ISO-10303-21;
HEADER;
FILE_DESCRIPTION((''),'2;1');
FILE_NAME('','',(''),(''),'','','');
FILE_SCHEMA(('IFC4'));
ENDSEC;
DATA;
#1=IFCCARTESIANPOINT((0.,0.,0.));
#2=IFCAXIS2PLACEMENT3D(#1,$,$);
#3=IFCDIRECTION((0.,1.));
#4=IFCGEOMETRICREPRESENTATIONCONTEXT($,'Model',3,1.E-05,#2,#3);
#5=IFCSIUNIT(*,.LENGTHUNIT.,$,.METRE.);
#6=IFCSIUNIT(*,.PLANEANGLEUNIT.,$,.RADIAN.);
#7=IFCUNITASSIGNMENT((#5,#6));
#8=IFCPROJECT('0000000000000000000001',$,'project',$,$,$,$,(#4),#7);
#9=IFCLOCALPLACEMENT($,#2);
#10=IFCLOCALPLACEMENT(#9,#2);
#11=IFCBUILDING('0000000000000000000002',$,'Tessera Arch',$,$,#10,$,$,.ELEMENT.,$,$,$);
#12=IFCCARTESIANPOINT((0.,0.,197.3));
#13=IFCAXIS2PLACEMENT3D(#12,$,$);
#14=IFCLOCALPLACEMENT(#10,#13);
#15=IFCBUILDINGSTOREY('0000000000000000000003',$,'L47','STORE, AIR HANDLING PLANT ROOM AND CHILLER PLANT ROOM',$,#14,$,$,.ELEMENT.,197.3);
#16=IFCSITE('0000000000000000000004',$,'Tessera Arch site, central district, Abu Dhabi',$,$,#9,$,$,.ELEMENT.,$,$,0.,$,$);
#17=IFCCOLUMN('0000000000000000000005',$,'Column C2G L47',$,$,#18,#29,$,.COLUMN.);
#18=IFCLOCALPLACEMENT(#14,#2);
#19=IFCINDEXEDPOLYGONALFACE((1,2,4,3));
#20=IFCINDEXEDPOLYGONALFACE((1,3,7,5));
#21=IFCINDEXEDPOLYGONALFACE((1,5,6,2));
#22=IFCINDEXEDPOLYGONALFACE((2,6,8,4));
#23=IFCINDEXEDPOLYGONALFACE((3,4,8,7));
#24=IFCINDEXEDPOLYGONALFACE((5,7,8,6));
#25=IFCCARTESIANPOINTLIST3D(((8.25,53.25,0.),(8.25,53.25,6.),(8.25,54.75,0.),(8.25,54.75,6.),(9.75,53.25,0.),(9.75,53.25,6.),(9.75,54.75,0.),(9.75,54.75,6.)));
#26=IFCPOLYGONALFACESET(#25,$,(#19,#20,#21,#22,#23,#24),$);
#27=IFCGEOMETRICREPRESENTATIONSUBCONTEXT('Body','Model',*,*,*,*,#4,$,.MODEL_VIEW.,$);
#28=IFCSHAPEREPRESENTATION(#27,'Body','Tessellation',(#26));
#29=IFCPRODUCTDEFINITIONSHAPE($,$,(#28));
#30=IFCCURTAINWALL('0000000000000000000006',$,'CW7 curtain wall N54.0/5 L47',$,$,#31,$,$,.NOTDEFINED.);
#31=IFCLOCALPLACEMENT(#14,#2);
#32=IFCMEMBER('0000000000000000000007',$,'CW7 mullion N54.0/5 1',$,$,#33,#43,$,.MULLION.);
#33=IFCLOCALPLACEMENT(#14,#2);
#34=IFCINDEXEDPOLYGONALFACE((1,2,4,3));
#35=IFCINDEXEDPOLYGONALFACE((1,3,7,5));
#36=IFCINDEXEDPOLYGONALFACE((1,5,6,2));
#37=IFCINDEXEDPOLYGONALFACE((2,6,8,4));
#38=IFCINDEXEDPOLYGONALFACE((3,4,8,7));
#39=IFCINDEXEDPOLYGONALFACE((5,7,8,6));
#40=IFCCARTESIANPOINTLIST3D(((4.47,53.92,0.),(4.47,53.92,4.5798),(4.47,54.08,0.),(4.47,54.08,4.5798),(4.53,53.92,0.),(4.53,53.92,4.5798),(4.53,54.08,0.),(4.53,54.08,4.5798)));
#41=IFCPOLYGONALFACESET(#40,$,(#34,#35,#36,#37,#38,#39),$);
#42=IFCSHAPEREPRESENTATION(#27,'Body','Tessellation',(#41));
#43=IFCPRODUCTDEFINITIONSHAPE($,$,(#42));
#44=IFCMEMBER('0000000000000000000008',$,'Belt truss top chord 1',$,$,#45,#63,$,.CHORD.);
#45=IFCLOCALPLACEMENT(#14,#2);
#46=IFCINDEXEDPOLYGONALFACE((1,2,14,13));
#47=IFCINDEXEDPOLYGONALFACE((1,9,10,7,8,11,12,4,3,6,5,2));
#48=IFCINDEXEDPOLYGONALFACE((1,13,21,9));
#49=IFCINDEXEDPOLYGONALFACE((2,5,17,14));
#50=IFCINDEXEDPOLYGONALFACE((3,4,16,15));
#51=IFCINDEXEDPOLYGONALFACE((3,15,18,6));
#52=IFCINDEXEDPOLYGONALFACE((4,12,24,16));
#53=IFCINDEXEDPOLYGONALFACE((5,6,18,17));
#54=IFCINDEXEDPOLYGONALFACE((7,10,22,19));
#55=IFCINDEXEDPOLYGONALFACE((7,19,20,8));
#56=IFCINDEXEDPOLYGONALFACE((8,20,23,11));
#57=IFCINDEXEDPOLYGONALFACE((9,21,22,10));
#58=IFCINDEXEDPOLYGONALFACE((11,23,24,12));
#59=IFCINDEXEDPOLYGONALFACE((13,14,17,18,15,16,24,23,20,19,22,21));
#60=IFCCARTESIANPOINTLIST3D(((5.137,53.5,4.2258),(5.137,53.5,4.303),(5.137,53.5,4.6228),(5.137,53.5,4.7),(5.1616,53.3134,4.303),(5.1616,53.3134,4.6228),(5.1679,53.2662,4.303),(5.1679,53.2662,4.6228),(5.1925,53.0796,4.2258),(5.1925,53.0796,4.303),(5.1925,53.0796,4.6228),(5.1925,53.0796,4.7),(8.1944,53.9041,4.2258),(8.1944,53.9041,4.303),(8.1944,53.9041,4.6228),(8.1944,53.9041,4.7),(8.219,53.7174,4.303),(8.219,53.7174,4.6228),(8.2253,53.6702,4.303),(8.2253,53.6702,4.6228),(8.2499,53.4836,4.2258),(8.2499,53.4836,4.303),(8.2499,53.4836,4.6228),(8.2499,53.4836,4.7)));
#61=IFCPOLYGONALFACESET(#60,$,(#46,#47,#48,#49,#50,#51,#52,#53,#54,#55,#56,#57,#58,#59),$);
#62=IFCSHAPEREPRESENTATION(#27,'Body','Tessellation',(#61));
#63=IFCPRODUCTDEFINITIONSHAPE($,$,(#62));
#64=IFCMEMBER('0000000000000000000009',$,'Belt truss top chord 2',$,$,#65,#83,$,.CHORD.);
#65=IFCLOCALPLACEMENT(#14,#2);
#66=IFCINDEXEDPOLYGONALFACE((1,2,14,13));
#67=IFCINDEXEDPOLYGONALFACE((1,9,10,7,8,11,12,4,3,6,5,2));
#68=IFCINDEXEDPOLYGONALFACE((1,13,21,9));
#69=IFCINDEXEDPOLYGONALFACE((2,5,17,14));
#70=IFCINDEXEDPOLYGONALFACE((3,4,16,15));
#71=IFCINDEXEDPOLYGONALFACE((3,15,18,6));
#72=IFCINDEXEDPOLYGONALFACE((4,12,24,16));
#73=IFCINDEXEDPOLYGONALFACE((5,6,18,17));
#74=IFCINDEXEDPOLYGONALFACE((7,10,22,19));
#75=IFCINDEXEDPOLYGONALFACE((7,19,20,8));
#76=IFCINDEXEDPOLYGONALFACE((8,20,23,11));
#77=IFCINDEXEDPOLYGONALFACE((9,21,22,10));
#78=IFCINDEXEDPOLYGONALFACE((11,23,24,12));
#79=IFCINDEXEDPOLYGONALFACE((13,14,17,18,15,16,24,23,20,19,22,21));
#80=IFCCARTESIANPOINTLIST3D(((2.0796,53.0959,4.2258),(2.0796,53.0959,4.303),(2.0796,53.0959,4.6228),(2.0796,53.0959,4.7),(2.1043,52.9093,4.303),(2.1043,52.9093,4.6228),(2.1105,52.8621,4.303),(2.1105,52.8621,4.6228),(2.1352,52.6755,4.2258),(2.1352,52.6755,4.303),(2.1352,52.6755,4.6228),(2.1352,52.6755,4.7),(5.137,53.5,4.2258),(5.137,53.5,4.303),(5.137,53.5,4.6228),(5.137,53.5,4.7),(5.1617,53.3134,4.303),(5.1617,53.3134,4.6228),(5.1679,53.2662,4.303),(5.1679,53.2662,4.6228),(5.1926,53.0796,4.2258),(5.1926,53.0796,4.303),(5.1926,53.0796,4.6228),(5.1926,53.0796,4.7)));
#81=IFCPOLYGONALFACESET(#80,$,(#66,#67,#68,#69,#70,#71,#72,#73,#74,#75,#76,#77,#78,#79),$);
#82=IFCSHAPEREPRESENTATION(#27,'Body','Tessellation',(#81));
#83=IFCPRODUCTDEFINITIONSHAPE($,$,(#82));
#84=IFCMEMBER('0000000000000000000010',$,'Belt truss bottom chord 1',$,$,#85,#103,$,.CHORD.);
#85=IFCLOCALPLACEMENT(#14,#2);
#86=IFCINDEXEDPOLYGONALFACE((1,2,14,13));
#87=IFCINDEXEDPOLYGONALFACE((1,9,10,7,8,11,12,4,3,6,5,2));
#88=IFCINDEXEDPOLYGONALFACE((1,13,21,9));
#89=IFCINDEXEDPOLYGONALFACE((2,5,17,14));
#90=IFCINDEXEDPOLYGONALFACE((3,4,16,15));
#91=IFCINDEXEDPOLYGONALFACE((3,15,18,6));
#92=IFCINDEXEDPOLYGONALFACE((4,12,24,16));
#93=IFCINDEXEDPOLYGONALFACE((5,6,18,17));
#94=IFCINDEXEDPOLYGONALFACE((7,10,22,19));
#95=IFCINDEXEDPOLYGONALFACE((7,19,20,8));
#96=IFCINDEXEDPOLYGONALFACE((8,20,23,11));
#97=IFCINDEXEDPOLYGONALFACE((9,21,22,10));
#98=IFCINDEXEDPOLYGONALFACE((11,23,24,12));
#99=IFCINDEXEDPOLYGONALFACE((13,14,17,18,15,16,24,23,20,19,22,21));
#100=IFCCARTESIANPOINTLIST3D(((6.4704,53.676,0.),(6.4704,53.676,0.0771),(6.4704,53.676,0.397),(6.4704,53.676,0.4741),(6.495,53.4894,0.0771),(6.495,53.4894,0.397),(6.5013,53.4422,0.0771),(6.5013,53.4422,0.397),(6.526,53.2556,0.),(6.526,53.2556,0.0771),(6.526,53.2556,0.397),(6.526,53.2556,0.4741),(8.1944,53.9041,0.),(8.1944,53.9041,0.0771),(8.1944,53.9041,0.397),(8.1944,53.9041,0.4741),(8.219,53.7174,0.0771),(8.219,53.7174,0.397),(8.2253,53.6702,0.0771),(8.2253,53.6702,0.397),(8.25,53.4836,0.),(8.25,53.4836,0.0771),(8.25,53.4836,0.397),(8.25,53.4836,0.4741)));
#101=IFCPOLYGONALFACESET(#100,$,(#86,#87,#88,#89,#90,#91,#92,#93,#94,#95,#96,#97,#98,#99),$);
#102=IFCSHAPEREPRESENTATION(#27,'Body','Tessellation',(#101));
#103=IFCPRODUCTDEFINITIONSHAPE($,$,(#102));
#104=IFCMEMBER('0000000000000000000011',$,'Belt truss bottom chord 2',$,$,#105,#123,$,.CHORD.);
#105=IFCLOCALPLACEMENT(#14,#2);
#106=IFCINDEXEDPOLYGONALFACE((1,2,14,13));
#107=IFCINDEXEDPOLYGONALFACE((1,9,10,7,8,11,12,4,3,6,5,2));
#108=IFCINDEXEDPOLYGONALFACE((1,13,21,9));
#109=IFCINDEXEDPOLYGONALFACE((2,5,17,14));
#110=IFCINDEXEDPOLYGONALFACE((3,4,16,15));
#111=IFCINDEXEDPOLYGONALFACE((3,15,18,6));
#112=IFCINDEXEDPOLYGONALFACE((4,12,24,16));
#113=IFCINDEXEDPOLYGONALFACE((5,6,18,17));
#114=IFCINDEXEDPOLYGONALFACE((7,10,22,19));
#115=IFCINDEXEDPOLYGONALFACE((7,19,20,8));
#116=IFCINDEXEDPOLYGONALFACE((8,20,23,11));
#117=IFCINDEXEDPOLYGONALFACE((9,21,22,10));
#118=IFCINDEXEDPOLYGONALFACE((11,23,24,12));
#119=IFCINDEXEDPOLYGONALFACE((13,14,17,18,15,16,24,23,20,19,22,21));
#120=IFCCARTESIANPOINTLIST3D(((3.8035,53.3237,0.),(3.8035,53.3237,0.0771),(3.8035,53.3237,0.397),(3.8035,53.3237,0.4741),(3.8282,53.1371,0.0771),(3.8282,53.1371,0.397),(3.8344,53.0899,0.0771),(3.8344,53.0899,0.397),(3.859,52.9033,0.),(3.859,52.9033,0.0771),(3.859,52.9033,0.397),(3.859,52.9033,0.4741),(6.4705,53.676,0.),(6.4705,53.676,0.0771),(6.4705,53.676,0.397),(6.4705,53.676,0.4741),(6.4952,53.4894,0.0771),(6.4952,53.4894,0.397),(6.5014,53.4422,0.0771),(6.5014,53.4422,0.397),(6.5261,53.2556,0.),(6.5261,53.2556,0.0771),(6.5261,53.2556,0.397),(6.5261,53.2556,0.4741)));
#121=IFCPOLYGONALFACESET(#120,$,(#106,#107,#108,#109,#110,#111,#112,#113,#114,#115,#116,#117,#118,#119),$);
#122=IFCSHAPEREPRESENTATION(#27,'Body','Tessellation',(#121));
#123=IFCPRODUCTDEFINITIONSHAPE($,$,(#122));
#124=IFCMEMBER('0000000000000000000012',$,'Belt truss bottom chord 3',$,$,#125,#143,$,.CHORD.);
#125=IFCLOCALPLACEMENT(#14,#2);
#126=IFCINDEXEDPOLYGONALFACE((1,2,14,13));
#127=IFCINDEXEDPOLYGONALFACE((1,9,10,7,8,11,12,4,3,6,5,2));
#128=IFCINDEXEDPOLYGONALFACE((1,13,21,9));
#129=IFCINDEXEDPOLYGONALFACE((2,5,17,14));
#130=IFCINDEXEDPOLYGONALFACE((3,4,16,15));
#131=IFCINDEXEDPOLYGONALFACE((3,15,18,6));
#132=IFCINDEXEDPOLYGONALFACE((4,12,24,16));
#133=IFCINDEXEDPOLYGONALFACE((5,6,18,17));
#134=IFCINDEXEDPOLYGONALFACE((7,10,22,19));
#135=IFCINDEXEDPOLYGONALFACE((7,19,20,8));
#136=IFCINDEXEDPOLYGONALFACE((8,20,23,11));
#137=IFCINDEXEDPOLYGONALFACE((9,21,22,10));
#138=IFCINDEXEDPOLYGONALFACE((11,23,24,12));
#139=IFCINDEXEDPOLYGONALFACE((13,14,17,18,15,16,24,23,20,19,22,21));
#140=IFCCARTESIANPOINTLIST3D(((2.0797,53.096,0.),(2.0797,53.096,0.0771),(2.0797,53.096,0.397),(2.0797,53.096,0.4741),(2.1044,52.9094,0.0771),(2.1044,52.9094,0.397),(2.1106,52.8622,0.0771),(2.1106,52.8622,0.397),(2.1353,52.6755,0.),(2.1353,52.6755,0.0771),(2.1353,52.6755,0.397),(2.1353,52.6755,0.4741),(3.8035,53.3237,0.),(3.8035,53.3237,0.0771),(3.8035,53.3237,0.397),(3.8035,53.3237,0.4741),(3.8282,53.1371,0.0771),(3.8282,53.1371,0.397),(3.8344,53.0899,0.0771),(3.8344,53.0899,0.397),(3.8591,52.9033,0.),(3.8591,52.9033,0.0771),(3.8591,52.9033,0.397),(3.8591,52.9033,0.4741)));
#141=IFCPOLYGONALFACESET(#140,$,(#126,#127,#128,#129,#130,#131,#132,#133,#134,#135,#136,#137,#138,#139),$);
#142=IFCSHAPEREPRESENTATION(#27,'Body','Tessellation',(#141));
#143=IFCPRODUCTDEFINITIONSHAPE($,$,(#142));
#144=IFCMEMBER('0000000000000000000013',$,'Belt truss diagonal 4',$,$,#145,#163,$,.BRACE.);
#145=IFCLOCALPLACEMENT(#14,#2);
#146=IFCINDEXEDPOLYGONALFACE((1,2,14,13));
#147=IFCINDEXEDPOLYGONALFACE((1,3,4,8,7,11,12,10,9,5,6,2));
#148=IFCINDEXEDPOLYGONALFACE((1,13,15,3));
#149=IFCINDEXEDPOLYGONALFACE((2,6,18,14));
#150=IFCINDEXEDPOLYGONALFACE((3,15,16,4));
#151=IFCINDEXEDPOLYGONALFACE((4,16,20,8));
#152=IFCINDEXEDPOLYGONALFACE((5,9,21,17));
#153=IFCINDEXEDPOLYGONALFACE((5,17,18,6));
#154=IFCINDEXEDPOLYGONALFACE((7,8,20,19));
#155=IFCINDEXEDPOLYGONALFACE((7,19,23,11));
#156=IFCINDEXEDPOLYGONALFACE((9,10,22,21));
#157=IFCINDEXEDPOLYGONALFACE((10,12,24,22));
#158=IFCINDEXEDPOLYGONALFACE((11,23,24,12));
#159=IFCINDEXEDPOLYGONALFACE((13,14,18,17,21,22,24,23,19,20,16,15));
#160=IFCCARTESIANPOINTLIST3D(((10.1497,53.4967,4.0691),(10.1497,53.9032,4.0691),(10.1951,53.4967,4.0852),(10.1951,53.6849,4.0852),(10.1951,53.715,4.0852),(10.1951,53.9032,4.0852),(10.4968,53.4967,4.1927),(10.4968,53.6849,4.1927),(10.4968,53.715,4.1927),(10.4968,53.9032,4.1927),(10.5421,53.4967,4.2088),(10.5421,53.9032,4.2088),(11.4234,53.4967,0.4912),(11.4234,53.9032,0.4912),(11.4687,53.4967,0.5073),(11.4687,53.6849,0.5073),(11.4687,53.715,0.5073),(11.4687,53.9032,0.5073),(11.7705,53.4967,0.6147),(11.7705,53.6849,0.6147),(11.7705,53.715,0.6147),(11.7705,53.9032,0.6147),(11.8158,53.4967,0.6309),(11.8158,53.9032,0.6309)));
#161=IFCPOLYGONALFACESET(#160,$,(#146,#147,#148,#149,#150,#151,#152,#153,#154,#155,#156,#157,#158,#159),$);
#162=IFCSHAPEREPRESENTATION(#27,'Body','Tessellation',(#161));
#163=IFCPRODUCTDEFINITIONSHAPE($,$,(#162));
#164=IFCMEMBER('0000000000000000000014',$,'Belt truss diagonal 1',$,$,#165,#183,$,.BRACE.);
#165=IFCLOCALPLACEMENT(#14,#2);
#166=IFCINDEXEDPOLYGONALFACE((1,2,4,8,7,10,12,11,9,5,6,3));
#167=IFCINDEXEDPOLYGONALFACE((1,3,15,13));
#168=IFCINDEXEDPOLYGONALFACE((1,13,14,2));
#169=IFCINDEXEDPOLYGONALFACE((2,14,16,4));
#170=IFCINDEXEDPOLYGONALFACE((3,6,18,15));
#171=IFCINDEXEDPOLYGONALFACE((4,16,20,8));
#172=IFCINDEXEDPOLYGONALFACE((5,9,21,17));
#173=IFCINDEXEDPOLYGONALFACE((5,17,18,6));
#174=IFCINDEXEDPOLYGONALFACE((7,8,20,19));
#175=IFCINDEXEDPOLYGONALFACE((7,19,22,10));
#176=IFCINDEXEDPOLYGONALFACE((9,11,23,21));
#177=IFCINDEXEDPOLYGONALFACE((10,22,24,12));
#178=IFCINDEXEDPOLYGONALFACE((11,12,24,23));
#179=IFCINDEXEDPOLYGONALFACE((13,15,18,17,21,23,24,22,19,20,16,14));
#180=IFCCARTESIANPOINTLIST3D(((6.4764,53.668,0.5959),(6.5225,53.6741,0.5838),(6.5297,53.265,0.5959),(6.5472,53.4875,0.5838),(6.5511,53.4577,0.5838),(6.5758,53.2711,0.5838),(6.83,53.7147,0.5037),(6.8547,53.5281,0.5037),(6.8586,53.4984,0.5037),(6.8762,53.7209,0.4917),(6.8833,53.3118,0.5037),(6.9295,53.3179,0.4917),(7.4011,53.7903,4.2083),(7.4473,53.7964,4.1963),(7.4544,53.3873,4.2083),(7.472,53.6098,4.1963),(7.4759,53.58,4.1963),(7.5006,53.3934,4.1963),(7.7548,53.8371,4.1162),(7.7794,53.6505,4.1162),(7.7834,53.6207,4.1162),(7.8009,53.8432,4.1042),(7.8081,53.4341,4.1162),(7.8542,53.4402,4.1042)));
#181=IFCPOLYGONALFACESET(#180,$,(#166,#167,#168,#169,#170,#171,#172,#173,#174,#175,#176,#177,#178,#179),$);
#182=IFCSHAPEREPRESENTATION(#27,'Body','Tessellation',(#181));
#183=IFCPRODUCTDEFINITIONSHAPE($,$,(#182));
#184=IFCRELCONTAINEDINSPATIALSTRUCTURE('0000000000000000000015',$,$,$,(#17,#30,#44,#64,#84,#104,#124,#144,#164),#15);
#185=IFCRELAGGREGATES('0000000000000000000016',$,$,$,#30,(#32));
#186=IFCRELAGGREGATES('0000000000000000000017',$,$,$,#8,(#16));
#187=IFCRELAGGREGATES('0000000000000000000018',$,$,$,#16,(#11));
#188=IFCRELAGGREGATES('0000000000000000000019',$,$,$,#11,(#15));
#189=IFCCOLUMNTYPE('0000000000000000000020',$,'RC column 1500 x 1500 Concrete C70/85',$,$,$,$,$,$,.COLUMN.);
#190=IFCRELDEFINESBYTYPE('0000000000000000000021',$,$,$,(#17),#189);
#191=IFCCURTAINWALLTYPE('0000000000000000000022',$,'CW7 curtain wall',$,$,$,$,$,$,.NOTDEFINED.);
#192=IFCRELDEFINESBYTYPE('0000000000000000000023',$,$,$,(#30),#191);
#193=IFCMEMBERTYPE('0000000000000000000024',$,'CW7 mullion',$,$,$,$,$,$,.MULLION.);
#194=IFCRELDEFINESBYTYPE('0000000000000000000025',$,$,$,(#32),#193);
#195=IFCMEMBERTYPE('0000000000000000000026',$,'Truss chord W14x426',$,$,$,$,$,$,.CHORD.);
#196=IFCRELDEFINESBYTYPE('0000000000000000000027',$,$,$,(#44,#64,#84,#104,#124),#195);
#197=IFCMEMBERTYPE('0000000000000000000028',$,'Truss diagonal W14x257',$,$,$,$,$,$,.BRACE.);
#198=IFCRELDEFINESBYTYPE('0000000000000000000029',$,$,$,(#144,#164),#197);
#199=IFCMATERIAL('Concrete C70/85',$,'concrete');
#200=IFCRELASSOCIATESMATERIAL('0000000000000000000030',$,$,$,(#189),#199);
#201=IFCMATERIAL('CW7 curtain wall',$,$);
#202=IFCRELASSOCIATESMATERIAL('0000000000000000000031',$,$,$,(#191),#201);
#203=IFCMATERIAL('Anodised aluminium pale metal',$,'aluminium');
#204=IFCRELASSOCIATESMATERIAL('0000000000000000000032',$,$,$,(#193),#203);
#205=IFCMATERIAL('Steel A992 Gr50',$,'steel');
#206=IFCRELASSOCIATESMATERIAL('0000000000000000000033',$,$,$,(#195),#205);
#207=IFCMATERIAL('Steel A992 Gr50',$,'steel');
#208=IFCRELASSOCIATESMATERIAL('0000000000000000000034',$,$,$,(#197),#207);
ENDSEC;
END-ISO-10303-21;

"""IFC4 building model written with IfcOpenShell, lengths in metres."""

from ifc_helpers import new_model, si_unit, direction, frame, origin, origin_2d, place, context, subcontext, project, spatial, rectangle, i_section, extrude, material, material_profile, profile_set, type_object, element, aggregate, save


model = new_model("IFC4")

# Units and contexts
model_context = context("Model", 3, precision=1e-05, world=origin(), true_north=direction((0.0, 1.0)))
body_context = subcontext(model_context, "Body", "Model", "MODEL_VIEW")
ifc_project = project(units=[si_unit("LENGTHUNIT", "METRE"), si_unit("PLANEANGLEUNIT", "RADIAN")], contexts=[model_context])

# Site, building, storey
site_placement = place(None, origin())
site = spatial("IfcSite", under=ifc_project, at=site_placement, Name="Tessera Arch site, central district, Abu Dhabi", CompositionType="ELEMENT", RefElevation=0.0)
building_placement = place(site_placement, origin())
building = spatial("IfcBuilding", under=site, at=building_placement, Name="Tessera Arch", CompositionType="ELEMENT")
storey_placement = place(building_placement, frame((0.0, 0.0, 197.3)))
storey = spatial("IfcBuildingStorey", under=building, at=storey_placement, Name="L47", Description="STORE, AIR HANDLING PLANT ROOM AND CHILLER PLANT ROOM", CompositionType="ELEMENT", Elevation=197.3)

# Column
ifc_material_1 = material(Name="Concrete C70/85", Category="concrete")
ifc_material_profile_1 = material_profile(ifc_material_1, rectangle(XDim=1.5, YDim=1.5, at=origin_2d()), Name="RC column 1500 x 1500 Concrete C70/85")
ifc_profile_set_1 = profile_set([ifc_material_profile_1], Name="Concrete C70/85")
column_type = type_object("IfcColumnType", Name="RC column 1500 x 1500 Concrete C70/85", PredefinedType="COLUMN", material=ifc_profile_set_1)
column_placement = place(storey_placement, frame((9.0, 54.0, 0.0), z_axis=(0.0, 0.0, 1.0), x_axis=(1.0, 0.0, 0.0)))
element("IfcColumn", 1, at=column_placement, inside=storey, type_object=column_type, Name="Column C2G L47", PredefinedType="COLUMN", context=body_context, shape_type="SweptSolid", body=[
    extrude(rectangle(XDim=1.5, YDim=1.5, at=origin_2d()), origin(), (0.0, 0.0, 1.0), 6.0),
])

# Curtain wall, member
ifc_material_2 = material(Name="CW7 curtain wall")
curtain_wall_type = type_object("IfcCurtainWallType", Name="CW7 curtain wall", PredefinedType="NOTDEFINED", material=ifc_material_2)
curtain_wall_1_placement = place(storey_placement, origin())
curtain_wall_1 = element("IfcCurtainWall", 2, at=curtain_wall_1_placement, inside=storey, type_object=curtain_wall_type, Name="CW7 curtain wall N54.0/5 L47", PredefinedType="NOTDEFINED")
ifc_material_3 = material(Name="Anodised aluminium pale metal", Category="aluminium")
ifc_material_profile_2 = material_profile(ifc_material_3, rectangle(XDim=0.1599, YDim=0.0601, at=origin_2d()), Name="AL 60x160")
ifc_profile_set_2 = profile_set([ifc_material_profile_2], Name="Anodised aluminium pale metal")
member_type_1 = type_object("IfcMemberType", Name="CW7 mullion", PredefinedType="MULLION", material=ifc_profile_set_2)
member_1_placement = place(storey_placement, frame((4.5, 54.0, 0.0), z_axis=(0.0, 0.0, 1.0), x_axis=(0.0, -1.0, 0.0)))
member_1 = element("IfcMember", 3, at=member_1_placement, type_object=member_type_1, Name="CW7 mullion N54.0/5 1", PredefinedType="MULLION", context=body_context, shape_type="SweptSolid", body=[
    extrude(rectangle(XDim=0.1599, YDim=0.0601, at=origin_2d()), origin(), (0.0, 0.0, 1.0), 4.5798),
])

# Members
ifc_material_4 = material(Name="Steel A992 Gr50", Category="steel")
ifc_material_profile_3 = material_profile(ifc_material_4, i_section(OverallWidth=0.4241, OverallDepth=0.4741, WebThickness=0.0476, FlangeThickness=0.0771, at=origin_2d()), Name="W14x426")
ifc_profile_set_3 = profile_set([ifc_material_profile_3], Name="Steel A992 Gr50")
member_type_2 = type_object("IfcMemberType", Name="Truss chord W14x426", PredefinedType="CHORD", material=ifc_profile_set_3)
for number, where, z_axis, x_axis, name in (
    (4, (8.2222, 53.6938, 4.4629), (-0.99138, -0.131018, 0.0), (0.131018, -0.99138, 0.0), "Belt truss top chord 1"),
    (5, (5.1648, 53.2898, 4.4629), (-0.99138, -0.131018, 0.0), (0.131018, -0.99138, 0.0), "Belt truss top chord 2"),
):
    element("IfcMember", number, at=place(storey_placement, frame(where, z_axis=z_axis, x_axis=x_axis)), inside=storey, type_object=member_type_2, Name=name, PredefinedType="CHORD", context=body_context, shape_type="SweptSolid", body=[
        extrude(i_section(OverallWidth=0.4241, OverallDepth=0.4741, WebThickness=0.0476, FlangeThickness=0.0771, at=origin_2d()), origin(), (0.0, 0.0, 1.0), 3.084),
    ])
member_2_placement = place(storey_placement, frame((8.2222, 53.6938, 0.2371), z_axis=(-0.991365, -0.131134, 0.0), x_axis=(0.131134, -0.991365, 0.0)))
element("IfcMember", 6, at=member_2_placement, inside=storey, type_object=member_type_2, Name="Belt truss bottom chord 1", PredefinedType="CHORD", context=body_context, shape_type="SweptSolid", body=[
    extrude(i_section(OverallWidth=0.4241, OverallDepth=0.4741, WebThickness=0.0476, FlangeThickness=0.0771, at=origin_2d()), origin(), (0.0, 0.0, 1.0), 1.739),
])
member_3_placement = place(storey_placement, frame((6.4983, 53.4658, 0.2371), z_axis=(-0.991388, -0.130957, 0.0), x_axis=(0.130957, -0.991388, 0.0)))
element("IfcMember", 7, at=member_3_placement, inside=storey, type_object=member_type_2, Name="Belt truss bottom chord 2", PredefinedType="CHORD", context=body_context, shape_type="SweptSolid", body=[
    extrude(i_section(OverallWidth=0.4241, OverallDepth=0.4741, WebThickness=0.0476, FlangeThickness=0.0771, at=origin_2d()), origin(), (0.0, 0.0, 1.0), 2.6902),
])
member_4_placement = place(storey_placement, frame((3.8313, 53.1135, 0.2371), z_axis=(-0.991383, -0.130996, 0.0), x_axis=(0.130996, -0.991383, 0.0)))
element("IfcMember", 8, at=member_4_placement, inside=storey, type_object=member_type_2, Name="Belt truss bottom chord 3", PredefinedType="CHORD", context=body_context, shape_type="SweptSolid", body=[
    extrude(i_section(OverallWidth=0.4241, OverallDepth=0.4741, WebThickness=0.0476, FlangeThickness=0.0771, at=origin_2d()), origin(), (0.0, 0.0, 1.0), 1.7388),
])
ifc_material_5 = material(Name="Steel A992 Gr50", Category="steel")
ifc_material_profile_4 = material_profile(ifc_material_5, i_section(OverallWidth=0.4065, OverallDepth=0.4165, WebThickness=0.03, FlangeThickness=0.0481, at=origin_2d()), Name="W14x257")
ifc_profile_set_4 = profile_set([ifc_material_profile_4], Name="Steel A992 Gr50")
member_type_3 = type_object("IfcMemberType", Name="Truss diagonal W14x257", PredefinedType="BRACE", material=ifc_profile_set_4)
member_5_placement = place(storey_placement, frame((11.6196, 53.7, 0.561), z_axis=(-0.335371, 0.0, 0.942086), x_axis=(0.0, -1.0, 0.0)))
element("IfcMember", 9, at=member_5_placement, inside=storey, type_object=member_type_3, Name="Belt truss diagonal 4", PredefinedType="BRACE", context=body_context, shape_type="SweptSolid", body=[
    extrude(i_section(OverallWidth=0.4065, OverallDepth=0.4165, WebThickness=0.03, FlangeThickness=0.0481, at=origin_2d()), origin(), (0.0, 0.0, 1.0), 3.7979),
])
for number, where, z_axis, x_axis, name in (
    (10, (7.6277, 53.6152, 4.1562), (-0.247867, -0.032783, -0.968239), (0.131118, -0.991367, 0.0), "Belt truss diagonal 1"),
):
    element("IfcMember", number, at=place(storey_placement, frame(where, z_axis=z_axis, x_axis=x_axis)), inside=storey, type_object=member_type_3, Name=name, PredefinedType="BRACE", context=body_context, shape_type="SweptSolid", body=[
        extrude(i_section(OverallWidth=0.4065, OverallDepth=0.4165, WebThickness=0.03, FlangeThickness=0.0481, at=origin_2d()), origin(), (0.0, 0.0, 1.0), 3.731),
    ])

aggregate(curtain_wall_1, [member_1])

save(model, "model.ifc")
